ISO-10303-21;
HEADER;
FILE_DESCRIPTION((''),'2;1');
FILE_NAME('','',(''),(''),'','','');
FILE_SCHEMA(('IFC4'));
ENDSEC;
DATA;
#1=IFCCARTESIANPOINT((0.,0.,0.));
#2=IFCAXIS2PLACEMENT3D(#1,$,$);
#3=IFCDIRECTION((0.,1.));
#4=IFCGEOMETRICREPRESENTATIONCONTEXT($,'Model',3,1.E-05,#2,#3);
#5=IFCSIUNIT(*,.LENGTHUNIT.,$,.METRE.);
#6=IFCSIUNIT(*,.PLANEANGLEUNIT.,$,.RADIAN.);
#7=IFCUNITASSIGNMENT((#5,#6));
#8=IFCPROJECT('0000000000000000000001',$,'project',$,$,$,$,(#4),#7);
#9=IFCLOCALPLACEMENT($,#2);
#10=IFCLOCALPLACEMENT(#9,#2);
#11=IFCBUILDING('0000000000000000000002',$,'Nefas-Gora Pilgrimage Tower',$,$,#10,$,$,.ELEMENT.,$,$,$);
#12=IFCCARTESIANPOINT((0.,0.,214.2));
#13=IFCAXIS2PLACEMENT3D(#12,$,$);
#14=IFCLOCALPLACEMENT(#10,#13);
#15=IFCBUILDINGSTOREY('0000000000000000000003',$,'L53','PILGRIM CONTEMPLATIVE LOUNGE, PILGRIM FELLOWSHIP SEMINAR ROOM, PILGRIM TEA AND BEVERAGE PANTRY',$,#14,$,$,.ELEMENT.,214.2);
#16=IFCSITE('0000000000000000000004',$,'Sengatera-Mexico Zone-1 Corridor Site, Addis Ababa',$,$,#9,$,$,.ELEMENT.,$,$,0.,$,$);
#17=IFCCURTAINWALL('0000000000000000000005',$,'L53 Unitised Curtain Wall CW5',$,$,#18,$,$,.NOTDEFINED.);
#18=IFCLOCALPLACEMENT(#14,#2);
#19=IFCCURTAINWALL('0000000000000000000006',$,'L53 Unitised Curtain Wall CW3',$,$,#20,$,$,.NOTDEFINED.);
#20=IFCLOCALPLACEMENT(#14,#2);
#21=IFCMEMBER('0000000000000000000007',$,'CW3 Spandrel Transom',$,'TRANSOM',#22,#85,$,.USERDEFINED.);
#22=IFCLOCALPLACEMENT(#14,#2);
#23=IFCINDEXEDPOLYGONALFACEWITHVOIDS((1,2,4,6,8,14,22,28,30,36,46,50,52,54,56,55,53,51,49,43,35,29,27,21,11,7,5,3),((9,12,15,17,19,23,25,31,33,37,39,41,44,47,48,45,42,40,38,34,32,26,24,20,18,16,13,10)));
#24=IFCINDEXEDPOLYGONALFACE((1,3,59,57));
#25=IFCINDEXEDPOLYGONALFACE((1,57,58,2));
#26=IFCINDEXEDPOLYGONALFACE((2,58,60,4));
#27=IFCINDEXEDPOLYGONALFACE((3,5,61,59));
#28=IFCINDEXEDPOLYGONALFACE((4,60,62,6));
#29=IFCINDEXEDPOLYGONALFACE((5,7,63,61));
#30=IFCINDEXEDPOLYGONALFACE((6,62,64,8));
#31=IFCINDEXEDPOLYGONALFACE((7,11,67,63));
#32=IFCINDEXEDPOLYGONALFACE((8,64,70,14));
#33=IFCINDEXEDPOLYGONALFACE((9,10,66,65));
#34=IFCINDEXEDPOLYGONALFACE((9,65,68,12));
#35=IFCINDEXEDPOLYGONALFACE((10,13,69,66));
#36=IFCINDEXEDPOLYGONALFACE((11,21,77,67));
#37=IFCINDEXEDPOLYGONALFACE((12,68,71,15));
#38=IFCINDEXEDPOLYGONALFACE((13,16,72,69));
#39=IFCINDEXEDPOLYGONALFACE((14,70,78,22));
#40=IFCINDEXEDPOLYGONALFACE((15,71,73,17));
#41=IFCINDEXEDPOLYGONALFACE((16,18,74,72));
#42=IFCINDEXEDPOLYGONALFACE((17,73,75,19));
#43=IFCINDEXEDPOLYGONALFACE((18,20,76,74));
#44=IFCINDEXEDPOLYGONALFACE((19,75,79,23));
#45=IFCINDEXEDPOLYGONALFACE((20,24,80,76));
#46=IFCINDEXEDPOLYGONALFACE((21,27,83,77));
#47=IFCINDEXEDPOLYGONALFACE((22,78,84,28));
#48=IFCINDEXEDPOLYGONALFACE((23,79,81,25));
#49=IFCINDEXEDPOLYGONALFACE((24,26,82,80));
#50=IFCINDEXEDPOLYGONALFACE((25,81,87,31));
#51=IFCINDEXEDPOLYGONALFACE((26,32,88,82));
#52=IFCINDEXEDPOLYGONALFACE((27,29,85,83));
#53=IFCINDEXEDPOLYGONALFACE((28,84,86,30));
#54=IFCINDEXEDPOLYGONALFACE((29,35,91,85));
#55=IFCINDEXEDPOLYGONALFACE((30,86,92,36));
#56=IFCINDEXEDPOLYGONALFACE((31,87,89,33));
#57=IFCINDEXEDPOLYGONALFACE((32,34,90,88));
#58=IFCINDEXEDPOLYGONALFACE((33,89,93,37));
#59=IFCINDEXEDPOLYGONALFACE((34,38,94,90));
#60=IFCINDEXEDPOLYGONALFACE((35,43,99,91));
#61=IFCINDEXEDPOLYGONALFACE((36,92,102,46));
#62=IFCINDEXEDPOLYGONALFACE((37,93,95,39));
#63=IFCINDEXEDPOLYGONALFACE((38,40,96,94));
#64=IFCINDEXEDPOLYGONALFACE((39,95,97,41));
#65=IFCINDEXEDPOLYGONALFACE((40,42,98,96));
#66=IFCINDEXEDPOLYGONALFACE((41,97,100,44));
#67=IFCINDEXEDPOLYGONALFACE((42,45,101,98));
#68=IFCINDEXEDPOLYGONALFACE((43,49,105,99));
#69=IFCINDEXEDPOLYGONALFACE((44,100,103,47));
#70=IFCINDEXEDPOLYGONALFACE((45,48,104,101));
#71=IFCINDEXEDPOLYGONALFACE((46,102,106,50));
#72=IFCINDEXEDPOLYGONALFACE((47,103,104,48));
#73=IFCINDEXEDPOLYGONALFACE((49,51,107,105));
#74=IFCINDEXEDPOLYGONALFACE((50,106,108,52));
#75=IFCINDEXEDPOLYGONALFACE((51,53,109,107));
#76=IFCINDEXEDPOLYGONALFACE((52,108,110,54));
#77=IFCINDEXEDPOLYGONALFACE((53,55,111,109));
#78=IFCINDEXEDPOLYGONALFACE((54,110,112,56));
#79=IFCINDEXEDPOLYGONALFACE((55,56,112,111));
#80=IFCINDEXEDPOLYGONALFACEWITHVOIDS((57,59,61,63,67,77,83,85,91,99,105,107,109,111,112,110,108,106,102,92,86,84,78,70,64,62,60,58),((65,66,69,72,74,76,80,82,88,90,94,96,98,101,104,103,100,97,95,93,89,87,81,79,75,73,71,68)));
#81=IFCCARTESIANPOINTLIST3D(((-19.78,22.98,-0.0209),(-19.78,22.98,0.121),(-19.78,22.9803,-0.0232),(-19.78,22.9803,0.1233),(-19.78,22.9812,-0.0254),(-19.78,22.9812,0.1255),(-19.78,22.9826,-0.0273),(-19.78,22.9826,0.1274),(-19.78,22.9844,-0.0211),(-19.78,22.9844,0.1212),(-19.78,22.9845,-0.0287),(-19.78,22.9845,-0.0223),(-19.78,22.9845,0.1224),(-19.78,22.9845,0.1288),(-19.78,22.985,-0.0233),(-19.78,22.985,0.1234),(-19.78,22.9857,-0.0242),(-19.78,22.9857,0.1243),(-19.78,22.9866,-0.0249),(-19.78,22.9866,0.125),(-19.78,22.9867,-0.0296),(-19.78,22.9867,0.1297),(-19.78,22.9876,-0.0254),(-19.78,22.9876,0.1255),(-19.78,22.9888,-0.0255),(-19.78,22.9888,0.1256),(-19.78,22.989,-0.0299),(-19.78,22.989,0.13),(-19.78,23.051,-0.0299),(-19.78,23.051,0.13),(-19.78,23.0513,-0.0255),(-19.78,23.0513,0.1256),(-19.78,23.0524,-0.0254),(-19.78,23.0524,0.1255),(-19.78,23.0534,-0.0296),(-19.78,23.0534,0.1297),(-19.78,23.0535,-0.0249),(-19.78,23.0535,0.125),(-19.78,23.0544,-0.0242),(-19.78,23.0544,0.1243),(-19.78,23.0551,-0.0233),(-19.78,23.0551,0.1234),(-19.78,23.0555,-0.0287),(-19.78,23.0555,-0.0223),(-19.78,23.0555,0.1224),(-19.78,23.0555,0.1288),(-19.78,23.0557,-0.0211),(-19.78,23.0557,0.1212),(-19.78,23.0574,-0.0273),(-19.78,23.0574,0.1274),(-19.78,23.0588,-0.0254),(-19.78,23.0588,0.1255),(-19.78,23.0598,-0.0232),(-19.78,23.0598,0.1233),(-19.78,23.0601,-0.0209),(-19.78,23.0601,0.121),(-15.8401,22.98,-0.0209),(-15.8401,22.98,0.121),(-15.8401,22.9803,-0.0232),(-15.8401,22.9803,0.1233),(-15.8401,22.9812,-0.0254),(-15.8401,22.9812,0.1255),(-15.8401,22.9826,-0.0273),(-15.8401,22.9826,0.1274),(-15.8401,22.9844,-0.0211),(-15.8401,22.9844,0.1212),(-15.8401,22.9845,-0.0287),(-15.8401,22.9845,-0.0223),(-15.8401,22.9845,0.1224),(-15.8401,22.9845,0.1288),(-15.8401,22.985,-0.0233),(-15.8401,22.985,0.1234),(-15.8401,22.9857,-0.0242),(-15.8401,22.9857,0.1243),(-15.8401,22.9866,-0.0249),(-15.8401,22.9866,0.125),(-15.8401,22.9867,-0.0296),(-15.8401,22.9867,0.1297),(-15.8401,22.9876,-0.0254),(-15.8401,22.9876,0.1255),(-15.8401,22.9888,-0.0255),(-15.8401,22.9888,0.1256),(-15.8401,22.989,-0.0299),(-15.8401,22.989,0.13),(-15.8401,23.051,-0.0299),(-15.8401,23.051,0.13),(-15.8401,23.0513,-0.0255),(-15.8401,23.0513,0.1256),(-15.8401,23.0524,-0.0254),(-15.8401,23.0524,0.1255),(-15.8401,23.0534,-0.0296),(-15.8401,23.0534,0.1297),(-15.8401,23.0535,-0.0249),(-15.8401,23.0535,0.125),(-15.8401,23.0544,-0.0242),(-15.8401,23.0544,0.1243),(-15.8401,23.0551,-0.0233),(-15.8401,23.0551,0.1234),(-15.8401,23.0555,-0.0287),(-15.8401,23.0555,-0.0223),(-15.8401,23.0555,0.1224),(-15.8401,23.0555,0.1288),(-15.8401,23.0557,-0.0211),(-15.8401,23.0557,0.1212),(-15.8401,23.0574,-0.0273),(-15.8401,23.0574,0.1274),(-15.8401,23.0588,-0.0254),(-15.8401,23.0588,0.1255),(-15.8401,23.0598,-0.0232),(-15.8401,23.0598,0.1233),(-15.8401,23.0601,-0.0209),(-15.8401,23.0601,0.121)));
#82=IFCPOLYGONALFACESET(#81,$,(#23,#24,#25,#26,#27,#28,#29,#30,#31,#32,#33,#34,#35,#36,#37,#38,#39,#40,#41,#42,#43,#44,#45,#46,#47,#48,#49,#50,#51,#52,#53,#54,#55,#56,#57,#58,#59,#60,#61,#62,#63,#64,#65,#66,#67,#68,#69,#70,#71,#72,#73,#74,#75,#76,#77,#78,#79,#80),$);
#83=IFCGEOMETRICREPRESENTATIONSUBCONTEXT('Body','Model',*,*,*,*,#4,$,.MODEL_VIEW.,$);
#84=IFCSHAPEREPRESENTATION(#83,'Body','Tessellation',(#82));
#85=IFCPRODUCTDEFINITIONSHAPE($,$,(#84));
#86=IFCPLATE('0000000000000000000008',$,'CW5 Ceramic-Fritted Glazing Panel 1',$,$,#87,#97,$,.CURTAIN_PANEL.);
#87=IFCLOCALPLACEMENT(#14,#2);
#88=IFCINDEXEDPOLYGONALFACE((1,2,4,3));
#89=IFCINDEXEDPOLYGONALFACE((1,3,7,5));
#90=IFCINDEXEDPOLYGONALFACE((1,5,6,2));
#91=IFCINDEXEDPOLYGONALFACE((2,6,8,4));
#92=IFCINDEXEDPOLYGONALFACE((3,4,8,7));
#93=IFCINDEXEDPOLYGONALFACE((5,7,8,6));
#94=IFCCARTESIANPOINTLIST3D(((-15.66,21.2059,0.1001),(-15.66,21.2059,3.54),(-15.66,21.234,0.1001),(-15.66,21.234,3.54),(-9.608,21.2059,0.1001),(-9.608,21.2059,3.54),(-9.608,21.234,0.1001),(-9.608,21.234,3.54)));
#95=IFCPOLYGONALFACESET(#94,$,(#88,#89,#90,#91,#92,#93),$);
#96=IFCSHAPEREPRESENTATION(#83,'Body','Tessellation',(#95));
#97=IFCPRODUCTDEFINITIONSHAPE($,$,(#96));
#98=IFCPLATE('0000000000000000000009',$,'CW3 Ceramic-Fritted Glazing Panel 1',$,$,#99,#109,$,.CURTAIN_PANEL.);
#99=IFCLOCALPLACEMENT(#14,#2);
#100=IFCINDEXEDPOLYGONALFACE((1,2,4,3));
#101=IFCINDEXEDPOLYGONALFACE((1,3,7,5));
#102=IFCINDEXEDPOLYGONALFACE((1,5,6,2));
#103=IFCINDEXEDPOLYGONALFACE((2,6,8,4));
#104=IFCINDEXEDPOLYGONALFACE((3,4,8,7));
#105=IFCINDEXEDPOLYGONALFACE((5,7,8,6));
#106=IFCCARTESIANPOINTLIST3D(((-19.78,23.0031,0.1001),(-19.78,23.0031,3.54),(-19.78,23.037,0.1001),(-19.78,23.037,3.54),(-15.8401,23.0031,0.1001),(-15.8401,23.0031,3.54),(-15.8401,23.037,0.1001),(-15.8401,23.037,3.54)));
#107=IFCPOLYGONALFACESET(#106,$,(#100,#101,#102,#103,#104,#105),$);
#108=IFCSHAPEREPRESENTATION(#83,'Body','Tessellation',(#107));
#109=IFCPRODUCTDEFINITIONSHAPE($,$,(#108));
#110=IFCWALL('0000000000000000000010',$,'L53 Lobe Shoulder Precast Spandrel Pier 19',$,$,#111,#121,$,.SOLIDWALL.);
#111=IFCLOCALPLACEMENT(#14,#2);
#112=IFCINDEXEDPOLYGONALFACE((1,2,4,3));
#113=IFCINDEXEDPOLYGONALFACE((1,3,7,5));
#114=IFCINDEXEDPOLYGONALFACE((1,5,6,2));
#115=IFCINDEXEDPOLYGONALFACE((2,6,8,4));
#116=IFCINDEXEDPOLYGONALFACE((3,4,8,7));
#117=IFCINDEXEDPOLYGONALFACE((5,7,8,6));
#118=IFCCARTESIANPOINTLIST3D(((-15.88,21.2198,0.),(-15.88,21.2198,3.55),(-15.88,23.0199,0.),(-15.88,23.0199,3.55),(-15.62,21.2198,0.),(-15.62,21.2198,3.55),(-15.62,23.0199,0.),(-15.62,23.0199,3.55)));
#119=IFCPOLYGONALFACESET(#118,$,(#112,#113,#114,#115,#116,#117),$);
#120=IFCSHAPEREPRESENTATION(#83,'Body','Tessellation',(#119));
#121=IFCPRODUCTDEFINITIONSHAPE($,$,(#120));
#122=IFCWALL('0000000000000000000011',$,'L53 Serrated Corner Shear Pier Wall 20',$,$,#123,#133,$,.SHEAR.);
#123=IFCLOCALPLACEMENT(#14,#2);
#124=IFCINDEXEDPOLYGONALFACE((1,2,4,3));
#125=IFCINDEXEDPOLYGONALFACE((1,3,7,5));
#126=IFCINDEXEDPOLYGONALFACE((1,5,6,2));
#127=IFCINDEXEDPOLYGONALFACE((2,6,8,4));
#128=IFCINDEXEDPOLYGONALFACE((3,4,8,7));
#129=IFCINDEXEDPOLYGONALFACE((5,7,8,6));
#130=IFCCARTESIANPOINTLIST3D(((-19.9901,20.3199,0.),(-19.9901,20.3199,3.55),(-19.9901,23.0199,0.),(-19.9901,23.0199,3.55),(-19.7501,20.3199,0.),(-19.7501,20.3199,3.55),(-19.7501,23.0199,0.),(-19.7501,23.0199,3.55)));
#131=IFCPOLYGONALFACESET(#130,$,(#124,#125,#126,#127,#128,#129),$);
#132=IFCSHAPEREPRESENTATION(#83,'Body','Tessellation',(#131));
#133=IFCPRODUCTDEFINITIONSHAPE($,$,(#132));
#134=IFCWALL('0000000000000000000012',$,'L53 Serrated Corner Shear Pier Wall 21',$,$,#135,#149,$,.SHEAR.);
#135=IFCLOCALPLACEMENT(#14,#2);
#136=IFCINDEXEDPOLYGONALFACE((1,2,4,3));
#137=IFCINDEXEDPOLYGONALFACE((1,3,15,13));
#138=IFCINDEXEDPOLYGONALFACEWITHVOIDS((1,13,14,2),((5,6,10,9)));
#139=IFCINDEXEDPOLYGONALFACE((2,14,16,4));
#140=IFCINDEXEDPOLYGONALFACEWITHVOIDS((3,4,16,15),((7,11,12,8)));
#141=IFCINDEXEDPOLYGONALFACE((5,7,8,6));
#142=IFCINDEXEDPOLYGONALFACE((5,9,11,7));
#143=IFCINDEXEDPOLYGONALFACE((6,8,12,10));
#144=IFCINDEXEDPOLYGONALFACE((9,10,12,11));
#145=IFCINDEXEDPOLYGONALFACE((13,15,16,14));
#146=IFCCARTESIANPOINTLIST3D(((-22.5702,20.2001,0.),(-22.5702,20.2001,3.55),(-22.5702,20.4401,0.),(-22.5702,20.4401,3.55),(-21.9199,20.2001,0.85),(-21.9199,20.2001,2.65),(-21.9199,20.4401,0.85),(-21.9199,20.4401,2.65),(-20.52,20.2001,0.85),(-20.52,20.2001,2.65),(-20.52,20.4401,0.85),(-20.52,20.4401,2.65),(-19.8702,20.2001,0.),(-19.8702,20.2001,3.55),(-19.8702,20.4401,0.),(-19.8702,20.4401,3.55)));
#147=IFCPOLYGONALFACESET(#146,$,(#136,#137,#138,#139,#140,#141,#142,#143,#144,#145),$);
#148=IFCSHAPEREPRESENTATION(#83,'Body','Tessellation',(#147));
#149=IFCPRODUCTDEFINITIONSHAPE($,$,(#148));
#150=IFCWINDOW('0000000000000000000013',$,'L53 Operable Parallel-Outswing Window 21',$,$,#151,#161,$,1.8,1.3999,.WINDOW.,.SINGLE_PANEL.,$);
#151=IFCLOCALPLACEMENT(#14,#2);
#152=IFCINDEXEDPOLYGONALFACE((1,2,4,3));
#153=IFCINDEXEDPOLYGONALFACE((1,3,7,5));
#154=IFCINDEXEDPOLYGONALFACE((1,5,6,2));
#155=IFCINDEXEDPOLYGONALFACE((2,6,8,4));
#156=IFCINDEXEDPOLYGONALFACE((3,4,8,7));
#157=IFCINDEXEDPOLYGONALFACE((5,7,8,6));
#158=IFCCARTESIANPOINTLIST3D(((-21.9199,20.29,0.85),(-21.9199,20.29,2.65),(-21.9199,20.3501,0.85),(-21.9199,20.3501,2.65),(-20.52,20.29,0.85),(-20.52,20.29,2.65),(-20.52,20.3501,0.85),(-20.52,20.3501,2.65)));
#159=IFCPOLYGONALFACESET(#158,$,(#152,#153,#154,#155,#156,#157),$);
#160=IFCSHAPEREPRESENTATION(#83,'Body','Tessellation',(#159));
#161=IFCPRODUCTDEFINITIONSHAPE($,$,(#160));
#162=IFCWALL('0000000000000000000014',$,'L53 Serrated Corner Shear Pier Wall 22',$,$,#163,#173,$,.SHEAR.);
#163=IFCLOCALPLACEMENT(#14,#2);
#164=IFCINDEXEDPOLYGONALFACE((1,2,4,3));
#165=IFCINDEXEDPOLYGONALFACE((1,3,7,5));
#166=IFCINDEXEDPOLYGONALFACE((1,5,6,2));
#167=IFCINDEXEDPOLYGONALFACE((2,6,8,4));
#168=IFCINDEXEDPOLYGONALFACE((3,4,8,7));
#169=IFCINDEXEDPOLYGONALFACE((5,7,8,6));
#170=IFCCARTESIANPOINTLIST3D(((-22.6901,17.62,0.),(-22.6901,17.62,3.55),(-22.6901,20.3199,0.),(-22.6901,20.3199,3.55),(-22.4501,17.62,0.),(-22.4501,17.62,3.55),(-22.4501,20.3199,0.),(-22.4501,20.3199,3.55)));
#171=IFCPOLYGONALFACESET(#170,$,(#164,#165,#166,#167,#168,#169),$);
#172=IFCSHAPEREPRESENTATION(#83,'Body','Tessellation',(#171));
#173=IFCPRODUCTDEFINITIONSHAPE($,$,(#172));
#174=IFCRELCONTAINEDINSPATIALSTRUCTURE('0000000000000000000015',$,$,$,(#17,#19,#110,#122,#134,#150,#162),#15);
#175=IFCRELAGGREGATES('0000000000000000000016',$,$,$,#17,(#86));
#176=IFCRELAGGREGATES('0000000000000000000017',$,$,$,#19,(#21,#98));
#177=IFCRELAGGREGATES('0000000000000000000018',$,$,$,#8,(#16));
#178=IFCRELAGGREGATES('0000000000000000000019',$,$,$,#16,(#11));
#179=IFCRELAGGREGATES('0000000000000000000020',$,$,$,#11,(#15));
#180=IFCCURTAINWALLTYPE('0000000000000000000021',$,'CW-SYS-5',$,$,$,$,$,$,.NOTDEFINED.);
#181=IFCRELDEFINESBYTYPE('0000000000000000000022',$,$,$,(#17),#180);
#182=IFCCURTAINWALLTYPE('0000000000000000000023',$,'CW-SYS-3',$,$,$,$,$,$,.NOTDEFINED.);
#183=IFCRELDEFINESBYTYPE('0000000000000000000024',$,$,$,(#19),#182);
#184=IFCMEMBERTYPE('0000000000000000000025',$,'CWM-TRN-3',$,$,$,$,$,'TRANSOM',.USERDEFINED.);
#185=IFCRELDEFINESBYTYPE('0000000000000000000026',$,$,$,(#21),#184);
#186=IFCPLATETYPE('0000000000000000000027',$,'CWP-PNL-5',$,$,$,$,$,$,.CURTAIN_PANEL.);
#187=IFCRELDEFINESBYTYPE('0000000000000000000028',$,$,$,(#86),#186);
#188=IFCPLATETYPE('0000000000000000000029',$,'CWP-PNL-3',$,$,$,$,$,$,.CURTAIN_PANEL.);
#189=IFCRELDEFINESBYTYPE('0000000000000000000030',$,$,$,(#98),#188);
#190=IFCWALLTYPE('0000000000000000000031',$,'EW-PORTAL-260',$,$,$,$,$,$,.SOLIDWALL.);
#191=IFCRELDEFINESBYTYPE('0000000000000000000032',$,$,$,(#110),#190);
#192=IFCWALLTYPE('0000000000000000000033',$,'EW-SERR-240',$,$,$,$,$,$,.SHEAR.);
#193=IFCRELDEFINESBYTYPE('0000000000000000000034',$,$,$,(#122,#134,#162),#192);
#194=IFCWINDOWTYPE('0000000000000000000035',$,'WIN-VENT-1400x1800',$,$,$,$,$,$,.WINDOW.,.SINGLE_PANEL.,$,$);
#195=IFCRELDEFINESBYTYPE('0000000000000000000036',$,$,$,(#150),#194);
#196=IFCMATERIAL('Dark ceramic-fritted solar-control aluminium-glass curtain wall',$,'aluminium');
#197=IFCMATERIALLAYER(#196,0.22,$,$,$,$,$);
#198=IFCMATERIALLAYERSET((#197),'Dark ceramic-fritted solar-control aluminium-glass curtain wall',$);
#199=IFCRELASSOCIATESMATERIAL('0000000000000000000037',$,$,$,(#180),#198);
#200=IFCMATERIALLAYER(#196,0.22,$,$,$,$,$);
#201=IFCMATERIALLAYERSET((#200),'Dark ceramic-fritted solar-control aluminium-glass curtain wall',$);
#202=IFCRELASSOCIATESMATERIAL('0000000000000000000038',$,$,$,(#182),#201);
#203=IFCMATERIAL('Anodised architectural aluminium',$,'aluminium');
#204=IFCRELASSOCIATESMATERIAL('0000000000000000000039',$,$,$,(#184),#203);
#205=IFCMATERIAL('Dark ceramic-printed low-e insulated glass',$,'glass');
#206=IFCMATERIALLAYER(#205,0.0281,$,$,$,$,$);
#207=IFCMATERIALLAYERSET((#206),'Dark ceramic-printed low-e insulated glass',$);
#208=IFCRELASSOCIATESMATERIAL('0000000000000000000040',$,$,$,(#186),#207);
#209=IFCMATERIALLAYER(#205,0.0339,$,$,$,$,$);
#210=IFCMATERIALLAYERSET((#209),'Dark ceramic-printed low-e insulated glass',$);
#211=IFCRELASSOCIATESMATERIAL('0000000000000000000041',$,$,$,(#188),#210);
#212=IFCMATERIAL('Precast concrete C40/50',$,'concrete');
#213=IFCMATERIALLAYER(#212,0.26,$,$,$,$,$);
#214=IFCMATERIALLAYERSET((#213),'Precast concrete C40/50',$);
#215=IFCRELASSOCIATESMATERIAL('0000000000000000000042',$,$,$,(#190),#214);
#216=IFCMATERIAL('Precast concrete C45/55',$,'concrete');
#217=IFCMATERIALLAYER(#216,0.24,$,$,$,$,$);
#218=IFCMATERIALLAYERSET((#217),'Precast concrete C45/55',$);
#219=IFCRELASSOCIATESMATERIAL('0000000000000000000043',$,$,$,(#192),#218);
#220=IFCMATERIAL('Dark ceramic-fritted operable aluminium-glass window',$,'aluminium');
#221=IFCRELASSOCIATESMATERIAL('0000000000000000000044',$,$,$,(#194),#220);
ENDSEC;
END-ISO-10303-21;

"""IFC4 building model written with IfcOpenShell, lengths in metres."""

from ifc_helpers import new_model, si_unit, direction, frame, frame_2d, origin, origin_2d, place, context, subcontext, project, spatial, rectangle, hollow_rectangle, extrude, source, transform, mapped, material, layer, layer_set, material_profile, profile_set, type_object, element, fill, aggregate, save


model = new_model("IFC4")

# Units and contexts
model_context = context("Model", 3, precision=1e-05, world=origin(), true_north=direction((0.0, 1.0)))
body_context = subcontext(model_context, "Body", "Model", "MODEL_VIEW")
ifc_project = project(units=[si_unit("LENGTHUNIT", "METRE"), si_unit("PLANEANGLEUNIT", "RADIAN")], contexts=[model_context])

# Site, building, storey
site_placement = place(None, origin())
site = spatial("IfcSite", under=ifc_project, at=site_placement, Name="Sengatera-Mexico Zone-1 Corridor Site, Addis Ababa", CompositionType="ELEMENT", RefElevation=0.0)
building_placement = place(site_placement, origin())
building = spatial("IfcBuilding", under=site, at=building_placement, Name="Nefas-Gora Pilgrimage Tower", CompositionType="ELEMENT")
storey_placement = place(building_placement, frame((0.0, 0.0, 214.2)))
storey = spatial("IfcBuildingStorey", under=building, at=storey_placement, Name="L53", Description="PILGRIM CONTEMPLATIVE LOUNGE, PILGRIM FELLOWSHIP SEMINAR ROOM, PILGRIM TEA AND BEVERAGE PANTRY", CompositionType="ELEMENT", Elevation=214.2)

# Curtain walls
ifc_material_1 = material(Name="Dark ceramic-fritted solar-control aluminium-glass curtain wall", Category="aluminium")
ifc_layer_1 = layer(ifc_material_1, 0.22)
ifc_layer_set_1 = layer_set([ifc_layer_1], Name="Dark ceramic-fritted solar-control aluminium-glass curtain wall")
curtain_wall_type_1 = type_object("IfcCurtainWallType", Name="CW-SYS-5", PredefinedType="NOTDEFINED", material=ifc_layer_set_1)
curtain_wall_1_placement = place(storey_placement, origin())
curtain_wall_1 = element("IfcCurtainWall", 1, at=curtain_wall_1_placement, inside=storey, type_object=curtain_wall_type_1, Name="L53 Unitised Curtain Wall CW5", PredefinedType="NOTDEFINED")
ifc_material_2 = material(Name="Anodised architectural aluminium", Category="aluminium")
ifc_layer_2 = layer(ifc_material_1, 0.22)
ifc_layer_set_2 = layer_set([ifc_layer_2], Name="Dark ceramic-fritted solar-control aluminium-glass curtain wall")
curtain_wall_type_2 = type_object("IfcCurtainWallType", Name="CW-SYS-3", PredefinedType="NOTDEFINED", material=ifc_layer_set_2)
curtain_wall_2_placement = place(storey_placement, origin())
curtain_wall_2 = element("IfcCurtainWall", 2, at=curtain_wall_2_placement, inside=storey, type_object=curtain_wall_type_2, Name="L53 Unitised Curtain Wall CW3", PredefinedType="NOTDEFINED")
ifc_material_profile_1 = material_profile(ifc_material_2, hollow_rectangle(XDim=0.0801, YDim=0.1599, WallThickness=0.0044, InnerFilletRadius=0.0044, OuterFilletRadius=0.009, at=origin_2d()), Name="ALU TRANSOM 80x160")
ifc_profile_set_1 = profile_set([ifc_material_profile_1], Name="Anodised architectural aluminium")
member_type_1 = type_object("IfcMemberType", Name="CWM-TRN-3", ElementType="TRANSOM", PredefinedType="USERDEFINED", material=ifc_profile_set_1)

# Member
shared_shape_1 = source(origin(), body_context, "Body", "SweptSolid", [
    extrude(hollow_rectangle(XDim=0.0801, YDim=0.1599, WallThickness=0.0044, InnerFilletRadius=0.0044, OuterFilletRadius=0.009, at=origin_2d()), origin(), (0.0, 0.0, 1.0), 3.9399),
])
member_1_placement = place(storey_placement, frame((-15.8401, 23.02, 0.05), z_axis=(-1.0, 0.0, 0.0), x_axis=(0.0, -1.0, 0.0)))
member_1 = element("IfcMember", 3, at=member_1_placement, type_object=member_type_1, Name="CW3 Spandrel Transom", ObjectType="TRANSOM", PredefinedType="USERDEFINED", context=body_context, shape_type="MappedRepresentation", body=[
    mapped(shared_shape_1, transform((0.0, 0.0, 0.0), x_axis=(1.0, 0.0, 0.0), y_axis=(0.0, 1.0, 0.0), z_axis=(0.0, 0.0, 1.0), scale=1.0)),
])

# Plates
ifc_material_3 = material(Name="Dark ceramic-printed low-e insulated glass", Category="glass")
ifc_layer_3 = layer(ifc_material_3, 0.0281)
ifc_layer_set_3 = layer_set([ifc_layer_3], Name="Dark ceramic-printed low-e insulated glass")
plate_type_1 = type_object("IfcPlateType", Name="CWP-PNL-5", PredefinedType="CURTAIN_PANEL", material=ifc_layer_set_3)
shared_shape_2 = source(origin(), body_context, "Body", "SweptSolid", [
    extrude(rectangle(XDim=6.052, YDim=0.0281, at=origin_2d()), origin(), (0.0, 0.0, 1.0), 3.4399),
])
plate_1_placement = place(storey_placement, frame((-12.634, 21.22, 0.1001), z_axis=(0.0, 0.0, 1.0), x_axis=(-1.0, 0.0, 0.0)))
plate_1 = element("IfcPlate", 4, at=plate_1_placement, type_object=plate_type_1, Name="CW5 Ceramic-Fritted Glazing Panel 1", PredefinedType="CURTAIN_PANEL", context=body_context, shape_type="MappedRepresentation", body=[
    mapped(shared_shape_2, transform((0.0, 0.0, 0.0), x_axis=(1.0, 0.0, 0.0), y_axis=(0.0, 1.0, 0.0), z_axis=(0.0, 0.0, 1.0), scale=1.0)),
])
aggregate(curtain_wall_1, [plate_1])
ifc_layer_4 = layer(ifc_material_3, 0.0339)
ifc_layer_set_4 = layer_set([ifc_layer_4], Name="Dark ceramic-printed low-e insulated glass")
plate_type_2 = type_object("IfcPlateType", Name="CWP-PNL-3", PredefinedType="CURTAIN_PANEL", material=ifc_layer_set_4)
shared_shape_3 = source(origin(), body_context, "Body", "SweptSolid", [
    extrude(rectangle(XDim=3.9399, YDim=0.0339, at=origin_2d()), origin(), (0.0, 0.0, 1.0), 3.4399),
])
plate_2_placement = place(storey_placement, frame((-17.8101, 23.02, 0.1001), z_axis=(0.0, 0.0, 1.0), x_axis=(-1.0, 0.0, 0.0)))
plate_2 = element("IfcPlate", 5, at=plate_2_placement, type_object=plate_type_2, Name="CW3 Ceramic-Fritted Glazing Panel 1", PredefinedType="CURTAIN_PANEL", context=body_context, shape_type="MappedRepresentation", body=[
    mapped(shared_shape_3, transform((0.0, 0.0, 0.0), x_axis=(1.0, 0.0, 0.0), y_axis=(0.0, 1.0, 0.0), z_axis=(0.0, 0.0, 1.0), scale=1.0)),
])
aggregate(curtain_wall_2, [member_1, plate_2])

# Walls
ifc_material_4 = material(Name="Precast concrete C40/50", Category="concrete")
ifc_layer_5 = layer(ifc_material_4, 0.26)
ifc_layer_set_5 = layer_set([ifc_layer_5], Name="Precast concrete C40/50")
wall_type_1 = type_object("IfcWallType", Name="EW-PORTAL-260", PredefinedType="SOLIDWALL", material=ifc_layer_set_5)
shared_shape_4 = source(origin(), body_context, "Body", "SweptSolid", [
    extrude(rectangle(XDim=1.8, YDim=0.26, at=frame_2d((0.8999, 0.0))), origin(), (0.0, 0.0, 1.0), 3.55),
])
wall_1_placement = place(storey_placement, frame((-15.75, 21.22, 0.0), z_axis=(0.0, 0.0, 1.0), x_axis=(0.0, 1.0, 0.0)))
element("IfcWall", 6, at=wall_1_placement, inside=storey, type_object=wall_type_1, Name="L53 Lobe Shoulder Precast Spandrel Pier 19", PredefinedType="SOLIDWALL", context=body_context, shape_type="MappedRepresentation", body=[
    mapped(shared_shape_4, transform((0.0, 0.0, 0.0), x_axis=(1.0, 0.0, 0.0), y_axis=(0.0, 1.0, 0.0), z_axis=(0.0, 0.0, 1.0), scale=1.0)),
])
ifc_material_5 = material(Name="Precast concrete C45/55", Category="concrete")
ifc_layer_6 = layer(ifc_material_5, 0.24)
ifc_layer_set_6 = layer_set([ifc_layer_6], Name="Precast concrete C45/55")
wall_type_2 = type_object("IfcWallType", Name="EW-SERR-240", PredefinedType="SHEAR", material=ifc_layer_set_6)
shared_shape_5 = source(origin(), body_context, "Body", "SweptSolid", [
    extrude(rectangle(XDim=2.7, YDim=0.24, at=frame_2d((1.3501, 0.0))), origin(), (0.0, 0.0, 1.0), 3.55),
])
wall_2_placement = place(storey_placement, frame((-19.8701, 23.02, 0.0), z_axis=(0.0, 0.0, 1.0), x_axis=(0.0, -1.0, 0.0)))
element("IfcWall", 7, at=wall_2_placement, inside=storey, type_object=wall_type_2, Name="L53 Serrated Corner Shear Pier Wall 20", PredefinedType="SHEAR", context=body_context, shape_type="MappedRepresentation", body=[
    mapped(shared_shape_5, transform((0.0, 0.0, 0.0), x_axis=(1.0, 0.0, 0.0), y_axis=(0.0, 1.0, 0.0), z_axis=(0.0, 0.0, 1.0), scale=1.0)),
])

# Wall, opening, window
wall_3_placement = place(storey_placement, frame((-19.8701, 20.3201, 0.0), z_axis=(0.0, 0.0, 1.0), x_axis=(-1.0, 0.0, 0.0)))
wall_3 = element("IfcWall", 8, at=wall_3_placement, inside=storey, type_object=wall_type_2, Name="L53 Serrated Corner Shear Pier Wall 21", PredefinedType="SHEAR", context=body_context, shape_type="MappedRepresentation", body=[
    mapped(shared_shape_5, transform((0.0, 0.0, 0.0), x_axis=(1.0, 0.0, 0.0), y_axis=(0.0, 1.0, 0.0), z_axis=(0.0, 0.0, 1.0), scale=1.0)),
])
opening_1_placement = place(wall_3_placement, frame((0.6499, 0.0, 0.8501)))
opening_1 = element("IfcOpeningElement", 9, at=opening_1_placement, cuts=wall_3, PredefinedType="OPENING", context=body_context, shape_type="SweptSolid", body=[
    extrude(rectangle(XDim=1.3999, YDim=1.8, at=frame_2d((0.7, 0.8999))), frame((0.0, 0.1299, 0.0), z_axis=(0.0, -1.0, 0.0), x_axis=(1.0, 0.0, 0.0)), (0.0, 0.0, 1.0), 0.26),
])
ifc_material_6 = material(Name="Dark ceramic-fritted operable aluminium-glass window", Category="aluminium")
window_type = type_object("IfcWindowType", Name="WIN-VENT-1400x1800", PartitioningType="SINGLE_PANEL", PredefinedType="WINDOW", material=ifc_material_6)
shared_shape_6 = source(origin(), body_context, "Body", "SweptSolid", [
    extrude(rectangle(XDim=1.3999, YDim=1.8, at=frame_2d((0.7, 0.8999))), frame((0.0, 0.03, 0.0), z_axis=(0.0, -1.0, 0.0), x_axis=(1.0, 0.0, 0.0)), (0.0, 0.0, 1.0), 0.0601),
])
window_placement = place(opening_1_placement, origin())
window = element("IfcWindow", 10, at=window_placement, inside=storey, type_object=window_type, Name="L53 Operable Parallel-Outswing Window 21", OverallHeight=1.8, OverallWidth=1.3999, PartitioningType="SINGLE_PANEL", PredefinedType="WINDOW", context=body_context, shape_type="MappedRepresentation", body=[
    mapped(shared_shape_6, transform((0.0, 0.0, 0.0), x_axis=(1.0, 0.0, 0.0), y_axis=(0.0, 1.0, 0.0), z_axis=(0.0, 0.0, 1.0), scale=1.0)),
])
fill(opening_1, window)

# Wall
for number, where, z_axis, x_axis, name in (
    (11, (-22.5701, 20.3201, 0.0), (0.0, 0.0, 1.0), (0.0, -1.0, 0.0), "L53 Serrated Corner Shear Pier Wall 22"),
):
    element("IfcWall", number, at=place(storey_placement, frame(where, z_axis=z_axis, x_axis=x_axis)), inside=storey, type_object=wall_type_2, Name=name, PredefinedType="SHEAR", context=body_context, shape_type="MappedRepresentation", body=[
        mapped(shared_shape_5, transform((0.0, 0.0, 0.0), x_axis=(1.0, 0.0, 0.0), y_axis=(0.0, 1.0, 0.0), z_axis=(0.0, 0.0, 1.0), scale=1.0)),
    ])

save(model, "model.ifc")
